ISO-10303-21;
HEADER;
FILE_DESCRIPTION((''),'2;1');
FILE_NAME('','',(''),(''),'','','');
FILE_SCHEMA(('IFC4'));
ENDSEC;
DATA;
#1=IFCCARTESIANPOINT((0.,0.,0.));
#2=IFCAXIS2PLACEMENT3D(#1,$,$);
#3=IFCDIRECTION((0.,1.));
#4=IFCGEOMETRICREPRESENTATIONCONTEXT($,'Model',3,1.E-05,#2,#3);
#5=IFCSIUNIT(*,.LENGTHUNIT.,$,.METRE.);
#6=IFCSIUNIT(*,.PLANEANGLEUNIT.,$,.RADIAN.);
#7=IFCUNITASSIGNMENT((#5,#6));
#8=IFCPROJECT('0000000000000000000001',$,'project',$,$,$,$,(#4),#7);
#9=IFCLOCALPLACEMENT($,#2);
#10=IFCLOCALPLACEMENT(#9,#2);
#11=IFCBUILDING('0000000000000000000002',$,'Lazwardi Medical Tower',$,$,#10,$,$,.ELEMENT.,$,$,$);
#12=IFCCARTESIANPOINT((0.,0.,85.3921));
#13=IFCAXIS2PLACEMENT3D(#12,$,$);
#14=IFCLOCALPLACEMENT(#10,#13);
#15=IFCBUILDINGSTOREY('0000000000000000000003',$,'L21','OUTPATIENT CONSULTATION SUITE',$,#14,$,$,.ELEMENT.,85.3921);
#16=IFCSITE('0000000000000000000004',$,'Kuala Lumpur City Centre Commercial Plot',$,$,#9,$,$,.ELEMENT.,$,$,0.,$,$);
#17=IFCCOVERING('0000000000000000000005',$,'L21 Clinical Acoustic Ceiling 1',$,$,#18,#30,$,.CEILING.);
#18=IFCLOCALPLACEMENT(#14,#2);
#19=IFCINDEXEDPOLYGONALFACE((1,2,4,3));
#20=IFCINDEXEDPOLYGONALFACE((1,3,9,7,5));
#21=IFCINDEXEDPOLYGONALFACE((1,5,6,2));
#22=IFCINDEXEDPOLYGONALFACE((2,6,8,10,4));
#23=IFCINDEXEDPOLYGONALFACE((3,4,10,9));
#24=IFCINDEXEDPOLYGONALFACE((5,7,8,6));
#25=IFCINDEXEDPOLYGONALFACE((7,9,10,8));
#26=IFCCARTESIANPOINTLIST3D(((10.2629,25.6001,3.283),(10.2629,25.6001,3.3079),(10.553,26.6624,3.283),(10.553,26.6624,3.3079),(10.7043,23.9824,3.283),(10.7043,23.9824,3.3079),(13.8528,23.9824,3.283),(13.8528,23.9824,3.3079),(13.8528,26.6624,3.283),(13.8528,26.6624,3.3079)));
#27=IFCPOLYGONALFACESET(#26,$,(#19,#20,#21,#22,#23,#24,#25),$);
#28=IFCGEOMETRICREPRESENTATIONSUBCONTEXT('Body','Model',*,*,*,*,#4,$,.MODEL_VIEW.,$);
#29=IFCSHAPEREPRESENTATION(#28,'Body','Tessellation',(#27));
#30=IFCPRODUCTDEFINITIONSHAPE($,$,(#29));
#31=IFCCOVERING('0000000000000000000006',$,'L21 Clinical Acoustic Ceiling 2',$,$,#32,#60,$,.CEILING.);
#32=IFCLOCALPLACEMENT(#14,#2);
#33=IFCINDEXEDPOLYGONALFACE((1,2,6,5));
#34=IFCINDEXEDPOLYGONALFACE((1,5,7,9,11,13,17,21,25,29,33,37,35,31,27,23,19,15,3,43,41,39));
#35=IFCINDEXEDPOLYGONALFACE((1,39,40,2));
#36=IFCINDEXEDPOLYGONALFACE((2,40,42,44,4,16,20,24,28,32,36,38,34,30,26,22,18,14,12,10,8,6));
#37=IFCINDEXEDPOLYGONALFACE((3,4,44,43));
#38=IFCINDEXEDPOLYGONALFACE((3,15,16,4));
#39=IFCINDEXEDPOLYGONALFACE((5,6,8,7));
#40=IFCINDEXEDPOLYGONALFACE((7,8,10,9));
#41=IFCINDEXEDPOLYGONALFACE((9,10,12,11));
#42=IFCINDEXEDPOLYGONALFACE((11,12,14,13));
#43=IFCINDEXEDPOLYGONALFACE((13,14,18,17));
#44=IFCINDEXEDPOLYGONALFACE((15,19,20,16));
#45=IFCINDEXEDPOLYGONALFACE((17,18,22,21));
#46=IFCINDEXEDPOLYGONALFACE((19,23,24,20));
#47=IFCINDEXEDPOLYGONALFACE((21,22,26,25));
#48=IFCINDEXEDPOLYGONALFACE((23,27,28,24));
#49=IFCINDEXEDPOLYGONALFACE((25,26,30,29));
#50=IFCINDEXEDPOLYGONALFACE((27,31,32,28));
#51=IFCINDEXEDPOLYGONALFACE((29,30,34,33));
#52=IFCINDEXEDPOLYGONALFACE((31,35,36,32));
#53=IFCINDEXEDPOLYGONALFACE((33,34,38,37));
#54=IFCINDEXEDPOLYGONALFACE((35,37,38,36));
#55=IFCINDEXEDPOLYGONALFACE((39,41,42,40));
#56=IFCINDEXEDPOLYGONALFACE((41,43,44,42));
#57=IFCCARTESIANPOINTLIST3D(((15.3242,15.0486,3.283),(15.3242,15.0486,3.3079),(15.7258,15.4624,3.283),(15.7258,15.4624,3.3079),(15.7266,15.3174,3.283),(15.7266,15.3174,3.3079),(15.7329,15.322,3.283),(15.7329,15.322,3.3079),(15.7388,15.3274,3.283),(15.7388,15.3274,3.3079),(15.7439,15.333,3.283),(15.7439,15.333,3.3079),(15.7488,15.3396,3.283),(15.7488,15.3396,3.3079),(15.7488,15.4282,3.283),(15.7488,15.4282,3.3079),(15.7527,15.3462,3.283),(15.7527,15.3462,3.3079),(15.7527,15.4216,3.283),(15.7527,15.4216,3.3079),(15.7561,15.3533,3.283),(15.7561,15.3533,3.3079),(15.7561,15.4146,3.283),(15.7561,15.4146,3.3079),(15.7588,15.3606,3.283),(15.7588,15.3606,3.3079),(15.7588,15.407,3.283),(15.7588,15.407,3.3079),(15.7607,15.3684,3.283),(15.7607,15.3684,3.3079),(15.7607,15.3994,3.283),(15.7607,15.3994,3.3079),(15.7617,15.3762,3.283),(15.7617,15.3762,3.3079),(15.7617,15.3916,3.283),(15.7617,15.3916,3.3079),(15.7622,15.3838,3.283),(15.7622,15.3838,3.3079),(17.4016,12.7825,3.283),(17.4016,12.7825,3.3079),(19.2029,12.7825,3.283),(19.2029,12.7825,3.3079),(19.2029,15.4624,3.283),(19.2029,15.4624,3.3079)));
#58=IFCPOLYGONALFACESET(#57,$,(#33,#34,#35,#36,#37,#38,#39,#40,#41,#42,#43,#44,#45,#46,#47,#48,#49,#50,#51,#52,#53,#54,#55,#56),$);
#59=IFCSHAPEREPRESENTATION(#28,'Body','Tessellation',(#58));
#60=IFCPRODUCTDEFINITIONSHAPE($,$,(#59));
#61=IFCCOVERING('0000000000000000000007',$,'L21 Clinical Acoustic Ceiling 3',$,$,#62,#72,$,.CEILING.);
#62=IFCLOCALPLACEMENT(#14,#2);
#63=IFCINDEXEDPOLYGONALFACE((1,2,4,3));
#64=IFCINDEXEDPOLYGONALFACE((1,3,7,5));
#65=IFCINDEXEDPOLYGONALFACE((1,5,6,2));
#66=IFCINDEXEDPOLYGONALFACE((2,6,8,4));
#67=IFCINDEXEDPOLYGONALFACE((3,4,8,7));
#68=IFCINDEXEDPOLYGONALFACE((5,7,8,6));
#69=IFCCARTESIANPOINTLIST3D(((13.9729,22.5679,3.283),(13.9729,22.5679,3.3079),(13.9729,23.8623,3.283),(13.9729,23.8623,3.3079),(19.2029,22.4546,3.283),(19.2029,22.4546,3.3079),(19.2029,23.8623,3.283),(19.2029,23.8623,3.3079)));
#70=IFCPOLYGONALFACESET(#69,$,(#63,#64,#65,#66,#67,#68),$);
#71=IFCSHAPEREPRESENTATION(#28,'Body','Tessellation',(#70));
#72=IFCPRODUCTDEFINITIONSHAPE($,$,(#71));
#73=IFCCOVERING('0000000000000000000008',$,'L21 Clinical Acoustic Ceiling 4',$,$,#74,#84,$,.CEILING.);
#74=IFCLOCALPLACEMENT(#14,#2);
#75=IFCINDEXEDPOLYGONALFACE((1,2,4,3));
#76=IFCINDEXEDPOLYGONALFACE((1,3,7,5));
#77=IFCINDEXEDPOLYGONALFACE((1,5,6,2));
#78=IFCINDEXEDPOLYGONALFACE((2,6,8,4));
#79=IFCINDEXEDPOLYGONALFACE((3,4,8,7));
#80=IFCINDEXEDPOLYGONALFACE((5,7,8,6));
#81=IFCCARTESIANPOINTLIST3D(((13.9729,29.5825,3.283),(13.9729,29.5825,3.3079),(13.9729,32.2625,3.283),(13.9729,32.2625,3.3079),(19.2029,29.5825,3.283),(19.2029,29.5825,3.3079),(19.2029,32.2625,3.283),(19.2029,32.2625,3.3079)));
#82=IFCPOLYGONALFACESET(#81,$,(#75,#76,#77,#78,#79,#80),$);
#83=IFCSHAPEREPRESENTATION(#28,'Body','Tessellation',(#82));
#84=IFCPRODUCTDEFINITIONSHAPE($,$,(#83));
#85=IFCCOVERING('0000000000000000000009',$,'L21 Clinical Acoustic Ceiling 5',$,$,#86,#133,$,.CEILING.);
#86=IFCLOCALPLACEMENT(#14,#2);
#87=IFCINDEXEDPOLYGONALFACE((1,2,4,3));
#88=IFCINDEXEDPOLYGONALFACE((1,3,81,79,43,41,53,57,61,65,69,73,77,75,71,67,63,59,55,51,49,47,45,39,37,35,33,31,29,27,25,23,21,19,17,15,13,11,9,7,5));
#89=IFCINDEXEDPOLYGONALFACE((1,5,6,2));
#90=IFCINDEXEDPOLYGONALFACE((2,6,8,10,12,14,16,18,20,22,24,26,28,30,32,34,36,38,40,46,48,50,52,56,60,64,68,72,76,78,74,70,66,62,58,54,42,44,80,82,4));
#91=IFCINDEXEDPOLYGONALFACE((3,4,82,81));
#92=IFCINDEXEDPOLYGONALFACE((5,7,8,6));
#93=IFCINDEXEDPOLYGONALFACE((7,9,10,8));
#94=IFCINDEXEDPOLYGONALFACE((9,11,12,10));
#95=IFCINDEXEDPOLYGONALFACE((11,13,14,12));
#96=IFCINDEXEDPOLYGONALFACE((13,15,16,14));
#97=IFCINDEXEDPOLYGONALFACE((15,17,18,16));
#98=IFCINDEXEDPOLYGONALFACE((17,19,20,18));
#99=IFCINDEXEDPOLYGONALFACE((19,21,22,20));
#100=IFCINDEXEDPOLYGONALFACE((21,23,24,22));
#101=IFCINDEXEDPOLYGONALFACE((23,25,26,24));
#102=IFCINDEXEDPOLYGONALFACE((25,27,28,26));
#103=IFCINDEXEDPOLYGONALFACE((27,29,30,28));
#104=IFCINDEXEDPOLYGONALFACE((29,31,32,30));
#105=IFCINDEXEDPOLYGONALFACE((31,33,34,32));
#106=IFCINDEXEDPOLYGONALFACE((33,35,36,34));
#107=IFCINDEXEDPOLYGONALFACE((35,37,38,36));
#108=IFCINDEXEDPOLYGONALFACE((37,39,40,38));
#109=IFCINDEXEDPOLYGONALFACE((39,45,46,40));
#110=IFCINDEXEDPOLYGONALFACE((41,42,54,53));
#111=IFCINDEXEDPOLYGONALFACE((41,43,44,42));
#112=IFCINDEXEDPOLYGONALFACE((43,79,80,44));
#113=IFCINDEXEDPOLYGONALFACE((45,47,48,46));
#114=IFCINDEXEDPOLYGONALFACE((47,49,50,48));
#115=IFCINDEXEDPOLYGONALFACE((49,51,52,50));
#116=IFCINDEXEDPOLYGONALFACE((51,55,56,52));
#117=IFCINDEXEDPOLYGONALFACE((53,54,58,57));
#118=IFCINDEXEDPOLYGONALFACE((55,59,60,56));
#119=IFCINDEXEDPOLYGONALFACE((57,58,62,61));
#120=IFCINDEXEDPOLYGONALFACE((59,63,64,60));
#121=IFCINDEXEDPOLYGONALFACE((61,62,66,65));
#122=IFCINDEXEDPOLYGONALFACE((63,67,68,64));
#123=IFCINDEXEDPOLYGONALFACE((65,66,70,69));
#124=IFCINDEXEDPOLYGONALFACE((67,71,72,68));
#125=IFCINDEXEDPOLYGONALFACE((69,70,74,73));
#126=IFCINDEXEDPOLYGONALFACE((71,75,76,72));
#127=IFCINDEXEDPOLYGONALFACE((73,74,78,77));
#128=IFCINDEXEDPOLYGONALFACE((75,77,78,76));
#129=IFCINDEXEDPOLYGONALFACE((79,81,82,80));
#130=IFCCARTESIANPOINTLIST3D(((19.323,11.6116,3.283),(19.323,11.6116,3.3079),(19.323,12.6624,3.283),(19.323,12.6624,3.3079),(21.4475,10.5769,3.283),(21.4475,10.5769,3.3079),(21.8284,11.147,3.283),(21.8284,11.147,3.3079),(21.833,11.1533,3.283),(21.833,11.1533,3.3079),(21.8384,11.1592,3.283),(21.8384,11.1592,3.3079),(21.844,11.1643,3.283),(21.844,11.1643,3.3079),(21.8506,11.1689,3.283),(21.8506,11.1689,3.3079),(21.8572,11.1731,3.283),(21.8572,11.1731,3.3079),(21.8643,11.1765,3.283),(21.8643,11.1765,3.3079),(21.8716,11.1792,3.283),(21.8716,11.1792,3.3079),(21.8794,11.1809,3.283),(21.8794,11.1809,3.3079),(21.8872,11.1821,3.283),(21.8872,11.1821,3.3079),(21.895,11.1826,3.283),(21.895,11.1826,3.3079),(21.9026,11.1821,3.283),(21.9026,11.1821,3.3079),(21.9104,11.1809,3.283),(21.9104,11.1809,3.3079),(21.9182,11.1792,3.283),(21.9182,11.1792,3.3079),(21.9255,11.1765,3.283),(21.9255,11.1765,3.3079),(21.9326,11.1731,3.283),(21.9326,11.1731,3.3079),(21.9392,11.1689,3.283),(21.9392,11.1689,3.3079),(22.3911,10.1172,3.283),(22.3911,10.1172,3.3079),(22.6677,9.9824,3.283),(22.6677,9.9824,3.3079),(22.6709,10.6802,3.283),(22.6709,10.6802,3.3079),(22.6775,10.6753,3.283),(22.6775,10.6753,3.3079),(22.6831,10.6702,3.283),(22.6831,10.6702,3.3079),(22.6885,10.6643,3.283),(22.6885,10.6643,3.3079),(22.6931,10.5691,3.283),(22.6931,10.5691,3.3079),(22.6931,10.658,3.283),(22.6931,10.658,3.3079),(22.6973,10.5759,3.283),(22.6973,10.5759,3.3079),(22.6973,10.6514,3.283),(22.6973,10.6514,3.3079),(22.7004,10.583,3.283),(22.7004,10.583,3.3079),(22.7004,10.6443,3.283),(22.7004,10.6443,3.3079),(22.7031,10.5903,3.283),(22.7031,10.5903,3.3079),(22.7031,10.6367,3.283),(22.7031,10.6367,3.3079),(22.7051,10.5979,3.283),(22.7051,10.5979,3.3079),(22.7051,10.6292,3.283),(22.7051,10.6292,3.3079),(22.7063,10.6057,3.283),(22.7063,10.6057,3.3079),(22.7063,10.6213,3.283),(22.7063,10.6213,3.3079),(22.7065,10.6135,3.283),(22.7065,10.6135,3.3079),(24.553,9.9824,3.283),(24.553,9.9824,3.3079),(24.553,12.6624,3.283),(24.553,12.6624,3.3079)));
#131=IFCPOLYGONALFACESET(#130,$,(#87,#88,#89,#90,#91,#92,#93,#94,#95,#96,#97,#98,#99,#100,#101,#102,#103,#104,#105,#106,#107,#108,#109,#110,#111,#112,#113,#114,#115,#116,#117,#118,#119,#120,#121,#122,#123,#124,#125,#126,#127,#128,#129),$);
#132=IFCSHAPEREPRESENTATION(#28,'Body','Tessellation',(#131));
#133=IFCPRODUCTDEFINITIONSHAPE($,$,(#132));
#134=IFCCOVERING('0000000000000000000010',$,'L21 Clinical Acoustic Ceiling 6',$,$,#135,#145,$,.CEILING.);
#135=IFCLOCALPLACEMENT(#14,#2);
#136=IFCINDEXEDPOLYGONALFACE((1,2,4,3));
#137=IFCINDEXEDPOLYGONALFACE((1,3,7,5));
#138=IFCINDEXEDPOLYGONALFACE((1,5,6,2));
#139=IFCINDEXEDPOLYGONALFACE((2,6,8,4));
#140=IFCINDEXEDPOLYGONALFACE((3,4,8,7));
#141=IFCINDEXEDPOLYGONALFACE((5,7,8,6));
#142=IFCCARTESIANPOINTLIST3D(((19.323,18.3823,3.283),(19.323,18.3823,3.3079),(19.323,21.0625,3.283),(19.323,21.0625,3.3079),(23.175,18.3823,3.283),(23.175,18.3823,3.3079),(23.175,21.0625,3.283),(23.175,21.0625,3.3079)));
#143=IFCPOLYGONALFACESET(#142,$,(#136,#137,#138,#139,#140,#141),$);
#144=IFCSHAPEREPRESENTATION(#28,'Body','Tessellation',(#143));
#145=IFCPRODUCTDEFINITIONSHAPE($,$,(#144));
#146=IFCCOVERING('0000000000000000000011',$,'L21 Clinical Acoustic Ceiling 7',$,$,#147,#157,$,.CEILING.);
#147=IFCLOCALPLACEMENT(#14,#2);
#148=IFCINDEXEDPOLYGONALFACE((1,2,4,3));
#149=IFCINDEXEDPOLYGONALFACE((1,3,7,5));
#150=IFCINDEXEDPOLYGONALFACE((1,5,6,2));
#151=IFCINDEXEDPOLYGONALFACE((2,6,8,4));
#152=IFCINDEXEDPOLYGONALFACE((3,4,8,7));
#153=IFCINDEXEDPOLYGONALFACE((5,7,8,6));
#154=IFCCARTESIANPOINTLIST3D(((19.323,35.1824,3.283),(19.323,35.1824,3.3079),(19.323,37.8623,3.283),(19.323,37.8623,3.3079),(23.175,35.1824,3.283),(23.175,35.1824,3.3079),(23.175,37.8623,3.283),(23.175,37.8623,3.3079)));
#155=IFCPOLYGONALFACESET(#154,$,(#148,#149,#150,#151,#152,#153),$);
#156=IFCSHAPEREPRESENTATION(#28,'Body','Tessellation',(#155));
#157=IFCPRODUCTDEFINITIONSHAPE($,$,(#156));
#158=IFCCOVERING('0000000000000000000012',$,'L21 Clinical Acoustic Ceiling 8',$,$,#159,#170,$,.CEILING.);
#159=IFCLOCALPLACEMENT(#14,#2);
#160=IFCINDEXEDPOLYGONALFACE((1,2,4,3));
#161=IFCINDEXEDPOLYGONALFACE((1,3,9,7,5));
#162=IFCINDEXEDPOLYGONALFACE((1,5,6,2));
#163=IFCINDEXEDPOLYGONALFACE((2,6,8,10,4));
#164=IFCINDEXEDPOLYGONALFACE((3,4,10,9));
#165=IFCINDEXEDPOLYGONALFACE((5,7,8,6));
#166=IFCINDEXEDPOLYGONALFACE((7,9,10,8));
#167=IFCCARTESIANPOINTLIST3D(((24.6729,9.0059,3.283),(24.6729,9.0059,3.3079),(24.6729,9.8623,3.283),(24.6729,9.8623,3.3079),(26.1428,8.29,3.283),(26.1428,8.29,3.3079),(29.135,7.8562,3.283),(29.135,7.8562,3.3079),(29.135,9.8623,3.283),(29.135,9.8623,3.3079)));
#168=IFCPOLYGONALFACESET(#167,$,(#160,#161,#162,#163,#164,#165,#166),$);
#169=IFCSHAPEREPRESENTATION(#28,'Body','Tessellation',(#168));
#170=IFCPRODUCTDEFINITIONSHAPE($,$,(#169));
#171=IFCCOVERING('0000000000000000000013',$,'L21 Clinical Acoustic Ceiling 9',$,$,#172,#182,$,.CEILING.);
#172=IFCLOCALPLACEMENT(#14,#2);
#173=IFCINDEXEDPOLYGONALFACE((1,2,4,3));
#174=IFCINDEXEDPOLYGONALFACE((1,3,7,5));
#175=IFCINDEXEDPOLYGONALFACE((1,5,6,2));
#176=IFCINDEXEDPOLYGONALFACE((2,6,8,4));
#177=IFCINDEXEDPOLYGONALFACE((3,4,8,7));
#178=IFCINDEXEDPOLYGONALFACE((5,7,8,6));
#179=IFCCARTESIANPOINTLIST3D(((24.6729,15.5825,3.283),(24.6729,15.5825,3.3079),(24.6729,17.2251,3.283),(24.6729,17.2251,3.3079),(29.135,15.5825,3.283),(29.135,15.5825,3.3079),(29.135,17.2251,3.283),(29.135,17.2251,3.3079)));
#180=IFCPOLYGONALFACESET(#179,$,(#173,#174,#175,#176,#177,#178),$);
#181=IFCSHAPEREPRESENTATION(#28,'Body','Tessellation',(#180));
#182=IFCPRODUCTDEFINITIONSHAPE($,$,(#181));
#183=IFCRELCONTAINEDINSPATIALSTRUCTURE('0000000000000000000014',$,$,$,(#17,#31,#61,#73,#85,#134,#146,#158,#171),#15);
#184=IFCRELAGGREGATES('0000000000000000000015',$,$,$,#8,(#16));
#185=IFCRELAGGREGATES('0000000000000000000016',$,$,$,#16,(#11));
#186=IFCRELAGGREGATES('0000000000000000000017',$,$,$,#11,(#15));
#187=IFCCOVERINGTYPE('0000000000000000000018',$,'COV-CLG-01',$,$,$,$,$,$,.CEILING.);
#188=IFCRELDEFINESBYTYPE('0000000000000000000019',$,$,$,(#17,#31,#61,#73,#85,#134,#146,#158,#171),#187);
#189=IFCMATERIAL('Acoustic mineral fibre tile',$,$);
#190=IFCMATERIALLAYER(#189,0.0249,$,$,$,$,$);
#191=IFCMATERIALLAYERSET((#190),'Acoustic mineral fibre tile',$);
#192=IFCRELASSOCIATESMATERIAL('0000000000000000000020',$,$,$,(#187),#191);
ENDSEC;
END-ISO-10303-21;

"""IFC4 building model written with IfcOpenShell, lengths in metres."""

from ifc_helpers import new_model, si_unit, direction, frame, origin, place, context, subcontext, project, spatial, polyline, outline, extrude, material, layer, layer_set, type_object, element, save


model = new_model("IFC4")

# Units and contexts
model_context = context("Model", 3, precision=1e-05, world=origin(), true_north=direction((0.0, 1.0)))
body_context = subcontext(model_context, "Body", "Model", "MODEL_VIEW")
ifc_project = project(units=[si_unit("LENGTHUNIT", "METRE"), si_unit("PLANEANGLEUNIT", "RADIAN")], contexts=[model_context])

# Site, building, storey
site_placement = place(None, origin())
site = spatial("IfcSite", under=ifc_project, at=site_placement, Name="Kuala Lumpur City Centre Commercial Plot", CompositionType="ELEMENT", RefElevation=0.0)
building_placement = place(site_placement, origin())
building = spatial("IfcBuilding", under=site, at=building_placement, Name="Lazwardi Medical Tower", CompositionType="ELEMENT")
storey_placement = place(building_placement, frame((0.0, 0.0, 85.3921)))
storey = spatial("IfcBuildingStorey", under=building, at=storey_placement, Name="L21", Description="OUTPATIENT CONSULTATION SUITE", CompositionType="ELEMENT", Elevation=85.3921)

# Coverings
ifc_material_1 = material(Name="Acoustic mineral fibre tile")
ifc_layer_1 = layer(ifc_material_1, 0.0249)
ifc_layer_set_1 = layer_set([ifc_layer_1], Name="Acoustic mineral fibre tile")
covering_type_1 = type_object("IfcCoveringType", Name="COV-CLG-01", PredefinedType="CEILING", material=ifc_layer_set_1)
covering_1_placement = place(storey_placement, frame((0.0, 0.0, 3.283)))
element("IfcCovering", 1, at=covering_1_placement, inside=storey, type_object=covering_type_1, Name="L21 Clinical Acoustic Ceiling 1", PredefinedType="CEILING", context=body_context, shape_type="SweptSolid", body=[
    extrude(outline(polyline([(10.553, 26.6624), (10.2629, 25.6001), (10.7043, 23.9824), (13.8528, 23.9824), (13.8528, 26.6624), (10.553, 26.6624)])), origin(), (0.0, 0.0, 1.0), 0.0249),
])
covering_2_placement = place(storey_placement, frame((0.0, 0.0, 3.283)))
element("IfcCovering", 2, at=covering_2_placement, inside=storey, type_object=covering_type_1, Name="L21 Clinical Acoustic Ceiling 2", PredefinedType="CEILING", context=body_context, shape_type="SweptSolid", body=[
    extrude(outline(polyline([(15.7258, 15.4624), (15.7488, 15.4282), (15.7527, 15.4216), (15.7561, 15.4146), (15.7588, 15.407), (15.7607, 15.3994), (15.7617, 15.3916), (15.7622, 15.3838), (15.7617, 15.3762), (15.7607, 15.3684), (15.7588, 15.3606), (15.7561, 15.3533), (15.7527, 15.3462), (15.7488, 15.3396), (15.7439, 15.333), (15.7388, 15.3274), (15.7329, 15.322), (15.7266, 15.3174), (15.3242, 15.0486), (17.4016, 12.7825), (19.2029, 12.7825), (19.2029, 15.4624), (15.7258, 15.4624)])), origin(), (0.0, 0.0, 1.0), 0.0249),
])
covering_3_placement = place(storey_placement, frame((0.0, 0.0, 3.283)))
element("IfcCovering", 3, at=covering_3_placement, inside=storey, type_object=covering_type_1, Name="L21 Clinical Acoustic Ceiling 3", PredefinedType="CEILING", context=body_context, shape_type="SweptSolid", body=[
    extrude(outline(polyline([(13.9729, 22.5679), (19.2029, 22.4546), (19.2029, 23.8623), (13.9729, 23.8623), (13.9729, 22.5679)])), origin(), (0.0, 0.0, 1.0), 0.0249),
])
covering_4_placement = place(storey_placement, frame((0.0, 0.0, 3.283)))
element("IfcCovering", 4, at=covering_4_placement, inside=storey, type_object=covering_type_1, Name="L21 Clinical Acoustic Ceiling 4", PredefinedType="CEILING", context=body_context, shape_type="SweptSolid", body=[
    extrude(outline(polyline([(19.2029, 29.5825), (19.2029, 32.2625), (13.9729, 32.2625), (13.9729, 29.5825), (19.2029, 29.5825)])), origin(), (0.0, 0.0, 1.0), 0.0249),
])
covering_5_placement = place(storey_placement, frame((0.0, 0.0, 3.283)))
element("IfcCovering", 5, at=covering_5_placement, inside=storey, type_object=covering_type_1, Name="L21 Clinical Acoustic Ceiling 5", PredefinedType="CEILING", context=body_context, shape_type="SweptSolid", body=[
    extrude(outline(polyline([(19.323, 11.6116), (21.4475, 10.5769), (21.8284, 11.147), (21.833, 11.1533), (21.8384, 11.1592), (21.844, 11.1643), (21.8506, 11.1689), (21.8572, 11.1731), (21.8643, 11.1765), (21.8716, 11.1792), (21.8794, 11.1809), (21.8872, 11.1821), (21.895, 11.1826), (21.9026, 11.1821), (21.9104, 11.1809), (21.9182, 11.1792), (21.9255, 11.1765), (21.9326, 11.1731), (21.9392, 11.1689), (22.6709, 10.6802), (22.6775, 10.6753), (22.6831, 10.6702), (22.6885, 10.6643), (22.6931, 10.658), (22.6973, 10.6514), (22.7004, 10.6443), (22.7031, 10.6367), (22.7051, 10.6292), (22.7063, 10.6213), (22.7065, 10.6135), (22.7063, 10.6057), (22.7051, 10.5979), (22.7031, 10.5903), (22.7004, 10.583), (22.6973, 10.5759), (22.6931, 10.5691), (22.3911, 10.1172), (22.6677, 9.9824), (24.553, 9.9824), (24.553, 12.6624), (19.323, 12.6624), (19.323, 11.6116)])), origin(), (0.0, 0.0, 1.0), 0.0249),
])
covering_6_placement = place(storey_placement, frame((0.0, 0.0, 3.283)))
element("IfcCovering", 6, at=covering_6_placement, inside=storey, type_object=covering_type_1, Name="L21 Clinical Acoustic Ceiling 6", PredefinedType="CEILING", context=body_context, shape_type="SweptSolid", body=[
    extrude(outline(polyline([(23.175, 18.3823), (23.175, 21.0625), (19.323, 21.0625), (19.323, 18.3823), (23.175, 18.3823)])), origin(), (0.0, 0.0, 1.0), 0.0249),
])
covering_7_placement = place(storey_placement, frame((0.0, 0.0, 3.283)))
element("IfcCovering", 7, at=covering_7_placement, inside=storey, type_object=covering_type_1, Name="L21 Clinical Acoustic Ceiling 7", PredefinedType="CEILING", context=body_context, shape_type="SweptSolid", body=[
    extrude(outline(polyline([(23.175, 35.1824), (23.175, 37.8623), (19.323, 37.8623), (19.323, 35.1824), (23.175, 35.1824)])), origin(), (0.0, 0.0, 1.0), 0.0249),
])
covering_8_placement = place(storey_placement, frame((0.0, 0.0, 3.283)))
element("IfcCovering", 8, at=covering_8_placement, inside=storey, type_object=covering_type_1, Name="L21 Clinical Acoustic Ceiling 8", PredefinedType="CEILING", context=body_context, shape_type="SweptSolid", body=[
    extrude(outline(polyline([(24.6729, 9.0059), (26.1428, 8.29), (29.135, 7.8562), (29.135, 9.8623), (24.6729, 9.8623), (24.6729, 9.0059)])), origin(), (0.0, 0.0, 1.0), 0.0249),
])
covering_9_placement = place(storey_placement, frame((0.0, 0.0, 3.283)))
element("IfcCovering", 9, at=covering_9_placement, inside=storey, type_object=covering_type_1, Name="L21 Clinical Acoustic Ceiling 9", PredefinedType="CEILING", context=body_context, shape_type="SweptSolid", body=[
    extrude(outline(polyline([(29.135, 15.5825), (29.135, 17.2251), (24.6729, 17.2251), (24.6729, 15.5825), (29.135, 15.5825)])), origin(), (0.0, 0.0, 1.0), 0.0249),
])

save(model, "model.ifc")
